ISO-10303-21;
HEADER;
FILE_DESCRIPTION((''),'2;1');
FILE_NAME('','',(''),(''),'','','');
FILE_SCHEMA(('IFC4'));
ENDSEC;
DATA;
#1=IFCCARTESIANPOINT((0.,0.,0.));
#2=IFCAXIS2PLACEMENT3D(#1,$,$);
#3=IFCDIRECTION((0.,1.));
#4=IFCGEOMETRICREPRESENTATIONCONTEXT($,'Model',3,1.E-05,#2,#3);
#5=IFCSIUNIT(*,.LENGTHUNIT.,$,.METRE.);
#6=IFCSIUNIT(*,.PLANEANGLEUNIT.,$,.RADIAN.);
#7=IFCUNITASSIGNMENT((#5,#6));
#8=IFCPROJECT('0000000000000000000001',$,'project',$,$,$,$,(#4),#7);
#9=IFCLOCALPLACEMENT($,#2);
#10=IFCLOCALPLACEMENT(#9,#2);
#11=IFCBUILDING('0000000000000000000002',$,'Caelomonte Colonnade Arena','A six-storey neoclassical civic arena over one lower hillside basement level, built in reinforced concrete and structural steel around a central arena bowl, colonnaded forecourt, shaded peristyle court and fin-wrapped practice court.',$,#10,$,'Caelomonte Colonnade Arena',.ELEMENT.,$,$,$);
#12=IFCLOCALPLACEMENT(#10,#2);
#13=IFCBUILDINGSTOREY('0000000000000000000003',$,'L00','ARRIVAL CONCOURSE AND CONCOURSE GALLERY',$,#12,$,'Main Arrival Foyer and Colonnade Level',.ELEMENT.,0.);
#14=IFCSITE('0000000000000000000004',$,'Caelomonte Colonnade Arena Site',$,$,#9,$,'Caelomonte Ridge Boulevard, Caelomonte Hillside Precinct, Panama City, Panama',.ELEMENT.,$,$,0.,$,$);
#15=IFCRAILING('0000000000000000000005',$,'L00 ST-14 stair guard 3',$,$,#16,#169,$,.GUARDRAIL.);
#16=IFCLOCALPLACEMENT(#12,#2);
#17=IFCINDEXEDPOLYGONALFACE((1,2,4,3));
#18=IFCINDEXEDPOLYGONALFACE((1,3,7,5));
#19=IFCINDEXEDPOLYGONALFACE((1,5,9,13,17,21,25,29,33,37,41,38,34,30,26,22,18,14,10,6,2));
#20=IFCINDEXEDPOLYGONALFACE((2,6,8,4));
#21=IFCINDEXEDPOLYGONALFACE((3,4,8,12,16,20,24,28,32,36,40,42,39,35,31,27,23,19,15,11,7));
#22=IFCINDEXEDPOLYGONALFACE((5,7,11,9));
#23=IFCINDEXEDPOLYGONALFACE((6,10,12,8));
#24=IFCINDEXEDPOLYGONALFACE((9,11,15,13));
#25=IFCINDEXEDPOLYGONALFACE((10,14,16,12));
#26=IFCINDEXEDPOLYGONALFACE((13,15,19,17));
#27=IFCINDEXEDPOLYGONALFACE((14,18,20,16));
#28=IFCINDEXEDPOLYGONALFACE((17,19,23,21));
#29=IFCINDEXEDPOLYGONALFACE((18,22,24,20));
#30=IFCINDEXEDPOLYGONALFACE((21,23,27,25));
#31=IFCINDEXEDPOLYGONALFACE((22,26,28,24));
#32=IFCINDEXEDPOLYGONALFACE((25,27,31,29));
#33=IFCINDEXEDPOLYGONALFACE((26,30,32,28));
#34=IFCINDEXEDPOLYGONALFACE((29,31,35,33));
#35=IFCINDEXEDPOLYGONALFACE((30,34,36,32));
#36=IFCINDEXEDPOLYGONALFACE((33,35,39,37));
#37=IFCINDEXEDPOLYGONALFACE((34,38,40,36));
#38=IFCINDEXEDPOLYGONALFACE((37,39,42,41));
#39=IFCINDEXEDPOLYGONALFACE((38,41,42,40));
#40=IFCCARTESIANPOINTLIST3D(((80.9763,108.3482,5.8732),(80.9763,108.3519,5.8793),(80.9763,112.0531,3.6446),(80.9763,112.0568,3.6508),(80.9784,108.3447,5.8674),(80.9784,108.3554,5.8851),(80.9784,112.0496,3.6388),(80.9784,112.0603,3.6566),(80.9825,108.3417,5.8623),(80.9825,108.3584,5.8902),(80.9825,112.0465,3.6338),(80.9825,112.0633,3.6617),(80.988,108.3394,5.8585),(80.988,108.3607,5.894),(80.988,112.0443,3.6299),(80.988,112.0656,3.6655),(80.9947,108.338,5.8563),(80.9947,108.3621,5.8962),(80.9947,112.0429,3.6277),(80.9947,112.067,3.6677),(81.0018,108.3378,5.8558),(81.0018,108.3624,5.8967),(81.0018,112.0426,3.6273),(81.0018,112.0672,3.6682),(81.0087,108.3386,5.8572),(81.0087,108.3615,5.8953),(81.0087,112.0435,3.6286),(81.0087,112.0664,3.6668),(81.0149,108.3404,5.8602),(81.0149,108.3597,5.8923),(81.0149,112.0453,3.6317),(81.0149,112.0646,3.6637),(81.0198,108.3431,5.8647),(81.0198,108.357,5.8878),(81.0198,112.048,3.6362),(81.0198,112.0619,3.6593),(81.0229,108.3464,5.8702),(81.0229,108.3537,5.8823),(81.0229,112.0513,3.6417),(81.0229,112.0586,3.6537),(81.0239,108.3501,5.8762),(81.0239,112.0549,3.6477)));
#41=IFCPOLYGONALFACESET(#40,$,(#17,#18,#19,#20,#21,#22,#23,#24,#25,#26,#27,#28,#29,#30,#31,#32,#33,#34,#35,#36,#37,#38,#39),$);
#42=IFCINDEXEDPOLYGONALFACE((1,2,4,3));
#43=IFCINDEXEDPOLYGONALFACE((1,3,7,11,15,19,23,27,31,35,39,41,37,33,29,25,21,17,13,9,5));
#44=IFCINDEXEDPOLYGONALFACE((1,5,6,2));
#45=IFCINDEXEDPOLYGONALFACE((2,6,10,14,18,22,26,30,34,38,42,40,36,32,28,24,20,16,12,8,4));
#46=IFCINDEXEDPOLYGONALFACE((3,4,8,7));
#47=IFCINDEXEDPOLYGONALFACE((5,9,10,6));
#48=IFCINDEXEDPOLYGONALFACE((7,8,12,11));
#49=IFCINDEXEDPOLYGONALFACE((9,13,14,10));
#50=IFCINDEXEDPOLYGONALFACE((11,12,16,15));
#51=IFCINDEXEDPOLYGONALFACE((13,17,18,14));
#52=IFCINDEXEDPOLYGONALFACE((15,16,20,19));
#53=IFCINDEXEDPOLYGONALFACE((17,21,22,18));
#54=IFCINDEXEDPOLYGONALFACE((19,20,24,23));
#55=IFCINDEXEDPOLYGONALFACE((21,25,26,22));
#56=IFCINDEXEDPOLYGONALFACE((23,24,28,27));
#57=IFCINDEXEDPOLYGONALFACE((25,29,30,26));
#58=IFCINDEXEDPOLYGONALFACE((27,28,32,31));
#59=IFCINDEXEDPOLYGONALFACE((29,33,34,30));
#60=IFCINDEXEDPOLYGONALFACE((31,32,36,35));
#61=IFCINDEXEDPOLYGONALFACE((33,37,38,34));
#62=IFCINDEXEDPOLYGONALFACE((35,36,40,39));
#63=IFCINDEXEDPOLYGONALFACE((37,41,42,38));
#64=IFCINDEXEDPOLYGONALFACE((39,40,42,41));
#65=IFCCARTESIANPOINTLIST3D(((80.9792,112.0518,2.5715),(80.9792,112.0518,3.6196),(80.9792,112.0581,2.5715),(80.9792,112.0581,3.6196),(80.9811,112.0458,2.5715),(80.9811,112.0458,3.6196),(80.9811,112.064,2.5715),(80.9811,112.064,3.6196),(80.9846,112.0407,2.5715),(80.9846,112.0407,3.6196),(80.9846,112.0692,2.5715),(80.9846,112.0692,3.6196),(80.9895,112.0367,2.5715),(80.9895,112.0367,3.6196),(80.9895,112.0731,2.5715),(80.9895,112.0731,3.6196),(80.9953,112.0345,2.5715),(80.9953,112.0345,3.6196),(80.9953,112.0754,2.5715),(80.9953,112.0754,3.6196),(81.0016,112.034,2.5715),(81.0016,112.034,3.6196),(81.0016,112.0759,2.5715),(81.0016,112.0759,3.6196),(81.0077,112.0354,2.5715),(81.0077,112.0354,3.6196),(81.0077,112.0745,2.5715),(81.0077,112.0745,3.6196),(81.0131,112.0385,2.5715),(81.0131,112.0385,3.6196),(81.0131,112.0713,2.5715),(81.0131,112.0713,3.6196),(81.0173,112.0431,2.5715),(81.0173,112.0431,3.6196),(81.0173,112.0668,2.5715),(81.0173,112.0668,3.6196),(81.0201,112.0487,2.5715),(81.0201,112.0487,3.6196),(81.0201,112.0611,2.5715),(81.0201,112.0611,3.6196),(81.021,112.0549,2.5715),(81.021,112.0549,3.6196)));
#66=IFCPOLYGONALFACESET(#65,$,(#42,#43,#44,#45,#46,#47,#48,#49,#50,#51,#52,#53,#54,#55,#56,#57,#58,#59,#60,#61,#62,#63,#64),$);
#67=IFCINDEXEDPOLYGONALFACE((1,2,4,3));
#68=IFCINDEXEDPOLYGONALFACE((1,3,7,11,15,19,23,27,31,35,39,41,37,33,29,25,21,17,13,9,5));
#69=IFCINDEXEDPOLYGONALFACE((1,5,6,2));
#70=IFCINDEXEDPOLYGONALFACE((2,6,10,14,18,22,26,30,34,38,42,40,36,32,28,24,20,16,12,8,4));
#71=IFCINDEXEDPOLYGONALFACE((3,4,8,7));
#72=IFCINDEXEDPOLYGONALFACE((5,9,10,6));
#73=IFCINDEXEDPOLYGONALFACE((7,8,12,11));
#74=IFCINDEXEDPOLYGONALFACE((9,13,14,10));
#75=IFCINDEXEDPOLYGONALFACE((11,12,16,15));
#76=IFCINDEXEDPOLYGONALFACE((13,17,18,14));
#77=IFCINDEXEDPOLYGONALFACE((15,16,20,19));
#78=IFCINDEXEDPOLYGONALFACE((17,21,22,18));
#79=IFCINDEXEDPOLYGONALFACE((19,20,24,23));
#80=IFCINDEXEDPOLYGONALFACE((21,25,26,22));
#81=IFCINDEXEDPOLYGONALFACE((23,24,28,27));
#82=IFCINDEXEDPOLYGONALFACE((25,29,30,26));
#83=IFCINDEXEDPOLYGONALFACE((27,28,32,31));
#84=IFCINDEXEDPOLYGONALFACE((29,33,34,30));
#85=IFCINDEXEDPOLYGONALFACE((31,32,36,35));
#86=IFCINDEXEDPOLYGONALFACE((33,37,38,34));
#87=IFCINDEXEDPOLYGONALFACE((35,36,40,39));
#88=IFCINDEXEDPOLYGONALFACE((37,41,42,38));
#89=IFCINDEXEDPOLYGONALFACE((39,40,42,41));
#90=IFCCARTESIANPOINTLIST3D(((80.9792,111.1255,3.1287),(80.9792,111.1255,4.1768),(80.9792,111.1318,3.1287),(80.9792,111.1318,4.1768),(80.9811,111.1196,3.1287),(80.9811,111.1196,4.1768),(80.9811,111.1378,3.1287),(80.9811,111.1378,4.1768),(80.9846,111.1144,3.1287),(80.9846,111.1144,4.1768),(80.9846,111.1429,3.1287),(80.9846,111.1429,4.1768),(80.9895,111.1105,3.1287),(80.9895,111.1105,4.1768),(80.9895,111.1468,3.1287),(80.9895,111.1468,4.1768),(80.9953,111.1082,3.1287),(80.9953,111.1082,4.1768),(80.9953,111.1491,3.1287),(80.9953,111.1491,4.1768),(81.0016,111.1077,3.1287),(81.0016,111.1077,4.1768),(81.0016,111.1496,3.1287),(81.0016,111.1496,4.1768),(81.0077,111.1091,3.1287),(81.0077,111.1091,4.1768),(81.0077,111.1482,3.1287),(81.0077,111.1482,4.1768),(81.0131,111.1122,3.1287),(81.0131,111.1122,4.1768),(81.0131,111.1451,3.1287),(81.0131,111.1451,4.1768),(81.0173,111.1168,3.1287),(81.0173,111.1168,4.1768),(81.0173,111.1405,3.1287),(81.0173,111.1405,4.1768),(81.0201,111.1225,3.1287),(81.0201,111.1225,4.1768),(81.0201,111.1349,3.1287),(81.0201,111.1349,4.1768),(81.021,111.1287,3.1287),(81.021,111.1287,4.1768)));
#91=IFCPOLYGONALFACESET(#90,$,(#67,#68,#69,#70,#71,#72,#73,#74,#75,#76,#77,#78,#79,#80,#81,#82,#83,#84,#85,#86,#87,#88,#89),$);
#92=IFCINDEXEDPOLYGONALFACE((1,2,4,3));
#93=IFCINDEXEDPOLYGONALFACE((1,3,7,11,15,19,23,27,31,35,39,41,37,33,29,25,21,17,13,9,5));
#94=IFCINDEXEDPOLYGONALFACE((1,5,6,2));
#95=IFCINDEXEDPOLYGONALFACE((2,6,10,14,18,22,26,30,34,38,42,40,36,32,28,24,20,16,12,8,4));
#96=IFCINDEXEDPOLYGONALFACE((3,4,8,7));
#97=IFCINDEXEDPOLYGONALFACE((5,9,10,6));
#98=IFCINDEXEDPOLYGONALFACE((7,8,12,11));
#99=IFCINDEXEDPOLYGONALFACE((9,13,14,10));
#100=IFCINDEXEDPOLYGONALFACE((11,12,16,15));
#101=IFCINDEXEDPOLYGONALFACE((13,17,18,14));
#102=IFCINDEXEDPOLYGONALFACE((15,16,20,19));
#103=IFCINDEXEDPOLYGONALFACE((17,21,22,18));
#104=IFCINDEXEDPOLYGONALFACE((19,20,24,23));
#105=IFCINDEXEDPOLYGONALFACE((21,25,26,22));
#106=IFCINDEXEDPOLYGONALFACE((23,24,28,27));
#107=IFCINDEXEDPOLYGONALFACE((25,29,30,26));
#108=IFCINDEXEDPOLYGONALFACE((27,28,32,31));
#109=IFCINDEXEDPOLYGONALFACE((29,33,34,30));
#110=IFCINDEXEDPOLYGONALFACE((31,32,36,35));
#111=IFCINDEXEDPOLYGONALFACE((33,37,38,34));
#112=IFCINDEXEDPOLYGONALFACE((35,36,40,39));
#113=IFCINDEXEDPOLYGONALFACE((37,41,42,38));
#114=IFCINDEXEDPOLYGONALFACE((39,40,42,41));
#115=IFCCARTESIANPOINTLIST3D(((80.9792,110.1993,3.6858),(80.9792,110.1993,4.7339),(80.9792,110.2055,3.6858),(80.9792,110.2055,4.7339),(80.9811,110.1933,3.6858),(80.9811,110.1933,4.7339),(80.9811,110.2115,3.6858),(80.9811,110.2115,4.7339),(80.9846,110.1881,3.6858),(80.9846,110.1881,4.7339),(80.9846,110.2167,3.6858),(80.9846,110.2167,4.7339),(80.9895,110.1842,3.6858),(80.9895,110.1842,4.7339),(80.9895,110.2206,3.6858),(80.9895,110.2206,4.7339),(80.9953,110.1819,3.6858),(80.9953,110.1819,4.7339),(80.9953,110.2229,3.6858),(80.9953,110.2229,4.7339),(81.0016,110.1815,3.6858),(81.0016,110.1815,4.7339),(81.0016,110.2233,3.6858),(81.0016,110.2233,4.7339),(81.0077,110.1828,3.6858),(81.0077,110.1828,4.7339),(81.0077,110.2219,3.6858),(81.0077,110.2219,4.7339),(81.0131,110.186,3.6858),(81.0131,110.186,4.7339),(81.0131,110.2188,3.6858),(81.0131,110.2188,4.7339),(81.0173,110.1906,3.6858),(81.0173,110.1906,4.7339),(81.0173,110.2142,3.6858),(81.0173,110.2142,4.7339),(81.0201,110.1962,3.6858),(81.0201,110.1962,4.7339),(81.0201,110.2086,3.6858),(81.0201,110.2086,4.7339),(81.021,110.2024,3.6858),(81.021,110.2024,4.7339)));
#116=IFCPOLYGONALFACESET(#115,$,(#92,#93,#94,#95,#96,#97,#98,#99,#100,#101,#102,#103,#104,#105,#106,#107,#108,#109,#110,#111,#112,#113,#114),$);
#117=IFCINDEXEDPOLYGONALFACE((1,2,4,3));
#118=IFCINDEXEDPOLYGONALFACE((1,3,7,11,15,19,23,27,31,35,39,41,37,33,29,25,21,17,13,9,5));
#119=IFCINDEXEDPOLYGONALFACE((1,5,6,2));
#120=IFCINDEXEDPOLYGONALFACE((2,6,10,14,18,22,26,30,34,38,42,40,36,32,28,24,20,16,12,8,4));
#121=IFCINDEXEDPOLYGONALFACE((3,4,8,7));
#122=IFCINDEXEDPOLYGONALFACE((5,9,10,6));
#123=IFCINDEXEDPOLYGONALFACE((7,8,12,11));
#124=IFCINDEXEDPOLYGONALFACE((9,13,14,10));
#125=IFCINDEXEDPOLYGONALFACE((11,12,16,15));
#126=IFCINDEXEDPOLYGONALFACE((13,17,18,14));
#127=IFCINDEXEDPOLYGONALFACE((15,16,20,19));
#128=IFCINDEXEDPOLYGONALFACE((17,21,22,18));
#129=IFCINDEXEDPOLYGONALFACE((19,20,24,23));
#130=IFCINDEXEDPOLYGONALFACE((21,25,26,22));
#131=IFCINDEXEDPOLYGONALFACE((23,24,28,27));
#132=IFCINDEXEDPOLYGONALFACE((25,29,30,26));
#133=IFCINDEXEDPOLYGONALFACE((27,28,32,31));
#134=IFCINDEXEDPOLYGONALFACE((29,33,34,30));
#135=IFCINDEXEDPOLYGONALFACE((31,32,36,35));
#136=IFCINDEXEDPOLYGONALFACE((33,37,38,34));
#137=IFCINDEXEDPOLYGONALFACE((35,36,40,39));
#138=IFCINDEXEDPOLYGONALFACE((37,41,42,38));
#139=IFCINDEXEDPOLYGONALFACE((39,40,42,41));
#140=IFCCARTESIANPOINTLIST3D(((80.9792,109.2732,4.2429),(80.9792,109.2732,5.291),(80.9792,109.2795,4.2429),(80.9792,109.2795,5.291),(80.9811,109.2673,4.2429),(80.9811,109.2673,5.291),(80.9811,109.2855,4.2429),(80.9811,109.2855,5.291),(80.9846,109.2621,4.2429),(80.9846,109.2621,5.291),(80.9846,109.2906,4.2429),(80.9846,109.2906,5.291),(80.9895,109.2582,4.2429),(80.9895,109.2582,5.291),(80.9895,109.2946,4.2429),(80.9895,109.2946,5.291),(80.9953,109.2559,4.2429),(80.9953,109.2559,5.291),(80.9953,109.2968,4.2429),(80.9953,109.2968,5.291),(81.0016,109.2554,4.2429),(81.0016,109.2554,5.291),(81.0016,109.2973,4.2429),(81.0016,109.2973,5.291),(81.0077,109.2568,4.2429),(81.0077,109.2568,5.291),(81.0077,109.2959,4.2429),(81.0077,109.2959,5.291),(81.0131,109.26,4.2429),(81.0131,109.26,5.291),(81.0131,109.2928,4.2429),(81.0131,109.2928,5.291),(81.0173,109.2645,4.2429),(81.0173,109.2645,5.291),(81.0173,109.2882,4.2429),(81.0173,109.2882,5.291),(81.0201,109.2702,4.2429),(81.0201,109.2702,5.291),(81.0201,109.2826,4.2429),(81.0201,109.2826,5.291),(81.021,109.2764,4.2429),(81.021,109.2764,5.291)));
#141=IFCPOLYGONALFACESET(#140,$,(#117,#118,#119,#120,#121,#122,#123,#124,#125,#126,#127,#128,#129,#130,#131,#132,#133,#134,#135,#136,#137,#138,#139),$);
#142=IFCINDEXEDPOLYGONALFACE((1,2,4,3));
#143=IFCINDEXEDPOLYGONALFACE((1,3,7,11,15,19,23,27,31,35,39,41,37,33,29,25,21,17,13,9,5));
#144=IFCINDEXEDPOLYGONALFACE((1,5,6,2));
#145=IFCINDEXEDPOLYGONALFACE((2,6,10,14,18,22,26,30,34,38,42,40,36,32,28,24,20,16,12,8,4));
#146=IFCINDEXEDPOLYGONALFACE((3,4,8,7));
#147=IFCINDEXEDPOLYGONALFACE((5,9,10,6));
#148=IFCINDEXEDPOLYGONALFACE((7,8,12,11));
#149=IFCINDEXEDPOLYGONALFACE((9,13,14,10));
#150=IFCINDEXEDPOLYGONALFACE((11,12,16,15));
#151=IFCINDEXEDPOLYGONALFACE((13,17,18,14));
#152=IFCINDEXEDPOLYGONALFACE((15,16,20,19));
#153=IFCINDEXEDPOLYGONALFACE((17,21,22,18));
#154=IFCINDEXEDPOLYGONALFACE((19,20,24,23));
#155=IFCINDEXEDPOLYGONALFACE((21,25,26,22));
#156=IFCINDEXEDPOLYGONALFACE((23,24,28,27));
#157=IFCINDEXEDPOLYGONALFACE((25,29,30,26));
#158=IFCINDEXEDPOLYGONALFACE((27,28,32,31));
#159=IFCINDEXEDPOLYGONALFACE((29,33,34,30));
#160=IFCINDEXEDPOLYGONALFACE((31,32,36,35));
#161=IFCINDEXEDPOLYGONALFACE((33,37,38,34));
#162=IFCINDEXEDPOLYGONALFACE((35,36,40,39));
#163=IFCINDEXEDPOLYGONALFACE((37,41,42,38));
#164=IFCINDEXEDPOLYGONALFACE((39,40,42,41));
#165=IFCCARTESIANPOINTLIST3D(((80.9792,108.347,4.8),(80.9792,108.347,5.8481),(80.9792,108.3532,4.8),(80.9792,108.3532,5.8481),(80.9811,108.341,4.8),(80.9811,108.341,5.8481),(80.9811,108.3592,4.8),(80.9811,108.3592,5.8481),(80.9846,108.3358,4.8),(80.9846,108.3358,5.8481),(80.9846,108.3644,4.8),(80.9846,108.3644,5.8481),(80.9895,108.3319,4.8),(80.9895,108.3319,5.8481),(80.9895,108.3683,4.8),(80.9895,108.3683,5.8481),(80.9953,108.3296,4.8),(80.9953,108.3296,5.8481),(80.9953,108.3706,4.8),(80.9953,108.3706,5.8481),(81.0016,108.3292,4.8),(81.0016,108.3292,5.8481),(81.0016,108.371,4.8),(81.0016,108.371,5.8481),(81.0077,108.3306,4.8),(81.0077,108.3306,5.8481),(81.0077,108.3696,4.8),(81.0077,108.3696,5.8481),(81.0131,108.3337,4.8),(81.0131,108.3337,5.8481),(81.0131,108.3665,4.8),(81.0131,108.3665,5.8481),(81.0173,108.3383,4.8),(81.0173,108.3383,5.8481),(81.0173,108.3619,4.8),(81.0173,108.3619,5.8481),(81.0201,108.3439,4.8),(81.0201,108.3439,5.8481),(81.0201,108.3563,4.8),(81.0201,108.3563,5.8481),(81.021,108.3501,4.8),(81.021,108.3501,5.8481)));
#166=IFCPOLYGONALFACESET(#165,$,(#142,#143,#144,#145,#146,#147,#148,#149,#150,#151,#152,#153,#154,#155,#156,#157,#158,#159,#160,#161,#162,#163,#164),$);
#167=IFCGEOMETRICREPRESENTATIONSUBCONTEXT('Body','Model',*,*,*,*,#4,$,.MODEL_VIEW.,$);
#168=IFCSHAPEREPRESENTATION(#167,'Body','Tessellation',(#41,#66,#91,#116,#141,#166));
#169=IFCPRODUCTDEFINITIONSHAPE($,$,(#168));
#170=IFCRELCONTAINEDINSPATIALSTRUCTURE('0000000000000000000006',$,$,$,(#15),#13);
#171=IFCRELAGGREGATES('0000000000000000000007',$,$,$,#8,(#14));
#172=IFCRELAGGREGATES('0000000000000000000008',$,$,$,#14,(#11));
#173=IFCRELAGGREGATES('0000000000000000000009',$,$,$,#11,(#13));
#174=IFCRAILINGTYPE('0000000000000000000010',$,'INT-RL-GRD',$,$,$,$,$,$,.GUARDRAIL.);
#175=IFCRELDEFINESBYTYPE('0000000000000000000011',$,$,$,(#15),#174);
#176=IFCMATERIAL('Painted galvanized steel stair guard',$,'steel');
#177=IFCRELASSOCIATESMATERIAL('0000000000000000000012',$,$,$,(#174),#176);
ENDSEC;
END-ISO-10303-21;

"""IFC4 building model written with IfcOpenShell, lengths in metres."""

from ifc_helpers import new_model, si_unit, direction, frame, origin, origin_2d, place, context, subcontext, project, spatial, circle, extrude, material, type_object, element, save


model = new_model("IFC4")

# Units and contexts
model_context = context("Model", 3, precision=1e-05, world=origin(), true_north=direction((0.0, 1.0)))
body_context = subcontext(model_context, "Body", "Model", "MODEL_VIEW")
ifc_project = project(units=[si_unit("LENGTHUNIT", "METRE"), si_unit("PLANEANGLEUNIT", "RADIAN")], contexts=[model_context])

# Site, building, storey
site_placement = place(None, origin())
site = spatial("IfcSite", under=ifc_project, at=site_placement, Name="Caelomonte Colonnade Arena Site", LongName="Caelomonte Ridge Boulevard, Caelomonte Hillside Precinct, Panama City, Panama", CompositionType="ELEMENT", RefElevation=0.0)
building_placement = place(site_placement, origin())
building = spatial("IfcBuilding", under=site, at=building_placement, Name="Caelomonte Colonnade Arena", Description="A six-storey neoclassical civic arena over one lower hillside basement level, built in reinforced concrete and structural steel around a central arena bowl, colonnaded forecourt, shaded peristyle court and fin-wrapped practice court.", LongName="Caelomonte Colonnade Arena", CompositionType="ELEMENT")
storey_placement = place(building_placement, origin())
storey = spatial("IfcBuildingStorey", under=building, at=storey_placement, Name="L00", Description="ARRIVAL CONCOURSE AND CONCOURSE GALLERY", LongName="Main Arrival Foyer and Colonnade Level", CompositionType="ELEMENT", Elevation=0.0)

# Railing
ifc_material_1 = material(Name="Painted galvanized steel stair guard", Category="steel")
railing_type_1 = type_object("IfcRailingType", Name="INT-RL-GRD", PredefinedType="GUARDRAIL", material=ifc_material_1)
railing_1_placement = place(storey_placement, frame((81.0, 112.0549, 2.5715)))
element("IfcRailing", 1, at=railing_1_placement, inside=storey, type_object=railing_type_1, Name="L00 ST-14 stair guard 3", PredefinedType="GUARDRAIL", context=body_context, shape_type="SweptSolid", body=[
    extrude(circle(Radius=0.0239, at=origin_2d()), frame((0.0, 0.0, 1.0762), z_axis=(0.0, -0.856919, 0.51545), x_axis=(1.0, 0.0, 0.0)), (0.0, 0.0, 1.0), 4.3235),
    extrude(circle(Radius=0.021, at=origin_2d()), origin(), (0.0, 0.0, 1.0), 1.0481),
    extrude(circle(Radius=0.021, at=origin_2d()), frame((0.0, -0.9263, 0.5571)), (0.0, 0.0, 1.0), 1.0481),
    extrude(circle(Radius=0.021, at=origin_2d()), frame((0.0, -1.8525, 1.1143)), (0.0, 0.0, 1.0), 1.0481),
    extrude(circle(Radius=0.021, at=origin_2d()), frame((0.0, -2.7786, 1.6714)), (0.0, 0.0, 1.0), 1.0481),
    extrude(circle(Radius=0.021, at=origin_2d()), frame((0.0, -3.7048, 2.2285)), (0.0, 0.0, 1.0), 1.0481),
])

save(model, "model.ifc")
